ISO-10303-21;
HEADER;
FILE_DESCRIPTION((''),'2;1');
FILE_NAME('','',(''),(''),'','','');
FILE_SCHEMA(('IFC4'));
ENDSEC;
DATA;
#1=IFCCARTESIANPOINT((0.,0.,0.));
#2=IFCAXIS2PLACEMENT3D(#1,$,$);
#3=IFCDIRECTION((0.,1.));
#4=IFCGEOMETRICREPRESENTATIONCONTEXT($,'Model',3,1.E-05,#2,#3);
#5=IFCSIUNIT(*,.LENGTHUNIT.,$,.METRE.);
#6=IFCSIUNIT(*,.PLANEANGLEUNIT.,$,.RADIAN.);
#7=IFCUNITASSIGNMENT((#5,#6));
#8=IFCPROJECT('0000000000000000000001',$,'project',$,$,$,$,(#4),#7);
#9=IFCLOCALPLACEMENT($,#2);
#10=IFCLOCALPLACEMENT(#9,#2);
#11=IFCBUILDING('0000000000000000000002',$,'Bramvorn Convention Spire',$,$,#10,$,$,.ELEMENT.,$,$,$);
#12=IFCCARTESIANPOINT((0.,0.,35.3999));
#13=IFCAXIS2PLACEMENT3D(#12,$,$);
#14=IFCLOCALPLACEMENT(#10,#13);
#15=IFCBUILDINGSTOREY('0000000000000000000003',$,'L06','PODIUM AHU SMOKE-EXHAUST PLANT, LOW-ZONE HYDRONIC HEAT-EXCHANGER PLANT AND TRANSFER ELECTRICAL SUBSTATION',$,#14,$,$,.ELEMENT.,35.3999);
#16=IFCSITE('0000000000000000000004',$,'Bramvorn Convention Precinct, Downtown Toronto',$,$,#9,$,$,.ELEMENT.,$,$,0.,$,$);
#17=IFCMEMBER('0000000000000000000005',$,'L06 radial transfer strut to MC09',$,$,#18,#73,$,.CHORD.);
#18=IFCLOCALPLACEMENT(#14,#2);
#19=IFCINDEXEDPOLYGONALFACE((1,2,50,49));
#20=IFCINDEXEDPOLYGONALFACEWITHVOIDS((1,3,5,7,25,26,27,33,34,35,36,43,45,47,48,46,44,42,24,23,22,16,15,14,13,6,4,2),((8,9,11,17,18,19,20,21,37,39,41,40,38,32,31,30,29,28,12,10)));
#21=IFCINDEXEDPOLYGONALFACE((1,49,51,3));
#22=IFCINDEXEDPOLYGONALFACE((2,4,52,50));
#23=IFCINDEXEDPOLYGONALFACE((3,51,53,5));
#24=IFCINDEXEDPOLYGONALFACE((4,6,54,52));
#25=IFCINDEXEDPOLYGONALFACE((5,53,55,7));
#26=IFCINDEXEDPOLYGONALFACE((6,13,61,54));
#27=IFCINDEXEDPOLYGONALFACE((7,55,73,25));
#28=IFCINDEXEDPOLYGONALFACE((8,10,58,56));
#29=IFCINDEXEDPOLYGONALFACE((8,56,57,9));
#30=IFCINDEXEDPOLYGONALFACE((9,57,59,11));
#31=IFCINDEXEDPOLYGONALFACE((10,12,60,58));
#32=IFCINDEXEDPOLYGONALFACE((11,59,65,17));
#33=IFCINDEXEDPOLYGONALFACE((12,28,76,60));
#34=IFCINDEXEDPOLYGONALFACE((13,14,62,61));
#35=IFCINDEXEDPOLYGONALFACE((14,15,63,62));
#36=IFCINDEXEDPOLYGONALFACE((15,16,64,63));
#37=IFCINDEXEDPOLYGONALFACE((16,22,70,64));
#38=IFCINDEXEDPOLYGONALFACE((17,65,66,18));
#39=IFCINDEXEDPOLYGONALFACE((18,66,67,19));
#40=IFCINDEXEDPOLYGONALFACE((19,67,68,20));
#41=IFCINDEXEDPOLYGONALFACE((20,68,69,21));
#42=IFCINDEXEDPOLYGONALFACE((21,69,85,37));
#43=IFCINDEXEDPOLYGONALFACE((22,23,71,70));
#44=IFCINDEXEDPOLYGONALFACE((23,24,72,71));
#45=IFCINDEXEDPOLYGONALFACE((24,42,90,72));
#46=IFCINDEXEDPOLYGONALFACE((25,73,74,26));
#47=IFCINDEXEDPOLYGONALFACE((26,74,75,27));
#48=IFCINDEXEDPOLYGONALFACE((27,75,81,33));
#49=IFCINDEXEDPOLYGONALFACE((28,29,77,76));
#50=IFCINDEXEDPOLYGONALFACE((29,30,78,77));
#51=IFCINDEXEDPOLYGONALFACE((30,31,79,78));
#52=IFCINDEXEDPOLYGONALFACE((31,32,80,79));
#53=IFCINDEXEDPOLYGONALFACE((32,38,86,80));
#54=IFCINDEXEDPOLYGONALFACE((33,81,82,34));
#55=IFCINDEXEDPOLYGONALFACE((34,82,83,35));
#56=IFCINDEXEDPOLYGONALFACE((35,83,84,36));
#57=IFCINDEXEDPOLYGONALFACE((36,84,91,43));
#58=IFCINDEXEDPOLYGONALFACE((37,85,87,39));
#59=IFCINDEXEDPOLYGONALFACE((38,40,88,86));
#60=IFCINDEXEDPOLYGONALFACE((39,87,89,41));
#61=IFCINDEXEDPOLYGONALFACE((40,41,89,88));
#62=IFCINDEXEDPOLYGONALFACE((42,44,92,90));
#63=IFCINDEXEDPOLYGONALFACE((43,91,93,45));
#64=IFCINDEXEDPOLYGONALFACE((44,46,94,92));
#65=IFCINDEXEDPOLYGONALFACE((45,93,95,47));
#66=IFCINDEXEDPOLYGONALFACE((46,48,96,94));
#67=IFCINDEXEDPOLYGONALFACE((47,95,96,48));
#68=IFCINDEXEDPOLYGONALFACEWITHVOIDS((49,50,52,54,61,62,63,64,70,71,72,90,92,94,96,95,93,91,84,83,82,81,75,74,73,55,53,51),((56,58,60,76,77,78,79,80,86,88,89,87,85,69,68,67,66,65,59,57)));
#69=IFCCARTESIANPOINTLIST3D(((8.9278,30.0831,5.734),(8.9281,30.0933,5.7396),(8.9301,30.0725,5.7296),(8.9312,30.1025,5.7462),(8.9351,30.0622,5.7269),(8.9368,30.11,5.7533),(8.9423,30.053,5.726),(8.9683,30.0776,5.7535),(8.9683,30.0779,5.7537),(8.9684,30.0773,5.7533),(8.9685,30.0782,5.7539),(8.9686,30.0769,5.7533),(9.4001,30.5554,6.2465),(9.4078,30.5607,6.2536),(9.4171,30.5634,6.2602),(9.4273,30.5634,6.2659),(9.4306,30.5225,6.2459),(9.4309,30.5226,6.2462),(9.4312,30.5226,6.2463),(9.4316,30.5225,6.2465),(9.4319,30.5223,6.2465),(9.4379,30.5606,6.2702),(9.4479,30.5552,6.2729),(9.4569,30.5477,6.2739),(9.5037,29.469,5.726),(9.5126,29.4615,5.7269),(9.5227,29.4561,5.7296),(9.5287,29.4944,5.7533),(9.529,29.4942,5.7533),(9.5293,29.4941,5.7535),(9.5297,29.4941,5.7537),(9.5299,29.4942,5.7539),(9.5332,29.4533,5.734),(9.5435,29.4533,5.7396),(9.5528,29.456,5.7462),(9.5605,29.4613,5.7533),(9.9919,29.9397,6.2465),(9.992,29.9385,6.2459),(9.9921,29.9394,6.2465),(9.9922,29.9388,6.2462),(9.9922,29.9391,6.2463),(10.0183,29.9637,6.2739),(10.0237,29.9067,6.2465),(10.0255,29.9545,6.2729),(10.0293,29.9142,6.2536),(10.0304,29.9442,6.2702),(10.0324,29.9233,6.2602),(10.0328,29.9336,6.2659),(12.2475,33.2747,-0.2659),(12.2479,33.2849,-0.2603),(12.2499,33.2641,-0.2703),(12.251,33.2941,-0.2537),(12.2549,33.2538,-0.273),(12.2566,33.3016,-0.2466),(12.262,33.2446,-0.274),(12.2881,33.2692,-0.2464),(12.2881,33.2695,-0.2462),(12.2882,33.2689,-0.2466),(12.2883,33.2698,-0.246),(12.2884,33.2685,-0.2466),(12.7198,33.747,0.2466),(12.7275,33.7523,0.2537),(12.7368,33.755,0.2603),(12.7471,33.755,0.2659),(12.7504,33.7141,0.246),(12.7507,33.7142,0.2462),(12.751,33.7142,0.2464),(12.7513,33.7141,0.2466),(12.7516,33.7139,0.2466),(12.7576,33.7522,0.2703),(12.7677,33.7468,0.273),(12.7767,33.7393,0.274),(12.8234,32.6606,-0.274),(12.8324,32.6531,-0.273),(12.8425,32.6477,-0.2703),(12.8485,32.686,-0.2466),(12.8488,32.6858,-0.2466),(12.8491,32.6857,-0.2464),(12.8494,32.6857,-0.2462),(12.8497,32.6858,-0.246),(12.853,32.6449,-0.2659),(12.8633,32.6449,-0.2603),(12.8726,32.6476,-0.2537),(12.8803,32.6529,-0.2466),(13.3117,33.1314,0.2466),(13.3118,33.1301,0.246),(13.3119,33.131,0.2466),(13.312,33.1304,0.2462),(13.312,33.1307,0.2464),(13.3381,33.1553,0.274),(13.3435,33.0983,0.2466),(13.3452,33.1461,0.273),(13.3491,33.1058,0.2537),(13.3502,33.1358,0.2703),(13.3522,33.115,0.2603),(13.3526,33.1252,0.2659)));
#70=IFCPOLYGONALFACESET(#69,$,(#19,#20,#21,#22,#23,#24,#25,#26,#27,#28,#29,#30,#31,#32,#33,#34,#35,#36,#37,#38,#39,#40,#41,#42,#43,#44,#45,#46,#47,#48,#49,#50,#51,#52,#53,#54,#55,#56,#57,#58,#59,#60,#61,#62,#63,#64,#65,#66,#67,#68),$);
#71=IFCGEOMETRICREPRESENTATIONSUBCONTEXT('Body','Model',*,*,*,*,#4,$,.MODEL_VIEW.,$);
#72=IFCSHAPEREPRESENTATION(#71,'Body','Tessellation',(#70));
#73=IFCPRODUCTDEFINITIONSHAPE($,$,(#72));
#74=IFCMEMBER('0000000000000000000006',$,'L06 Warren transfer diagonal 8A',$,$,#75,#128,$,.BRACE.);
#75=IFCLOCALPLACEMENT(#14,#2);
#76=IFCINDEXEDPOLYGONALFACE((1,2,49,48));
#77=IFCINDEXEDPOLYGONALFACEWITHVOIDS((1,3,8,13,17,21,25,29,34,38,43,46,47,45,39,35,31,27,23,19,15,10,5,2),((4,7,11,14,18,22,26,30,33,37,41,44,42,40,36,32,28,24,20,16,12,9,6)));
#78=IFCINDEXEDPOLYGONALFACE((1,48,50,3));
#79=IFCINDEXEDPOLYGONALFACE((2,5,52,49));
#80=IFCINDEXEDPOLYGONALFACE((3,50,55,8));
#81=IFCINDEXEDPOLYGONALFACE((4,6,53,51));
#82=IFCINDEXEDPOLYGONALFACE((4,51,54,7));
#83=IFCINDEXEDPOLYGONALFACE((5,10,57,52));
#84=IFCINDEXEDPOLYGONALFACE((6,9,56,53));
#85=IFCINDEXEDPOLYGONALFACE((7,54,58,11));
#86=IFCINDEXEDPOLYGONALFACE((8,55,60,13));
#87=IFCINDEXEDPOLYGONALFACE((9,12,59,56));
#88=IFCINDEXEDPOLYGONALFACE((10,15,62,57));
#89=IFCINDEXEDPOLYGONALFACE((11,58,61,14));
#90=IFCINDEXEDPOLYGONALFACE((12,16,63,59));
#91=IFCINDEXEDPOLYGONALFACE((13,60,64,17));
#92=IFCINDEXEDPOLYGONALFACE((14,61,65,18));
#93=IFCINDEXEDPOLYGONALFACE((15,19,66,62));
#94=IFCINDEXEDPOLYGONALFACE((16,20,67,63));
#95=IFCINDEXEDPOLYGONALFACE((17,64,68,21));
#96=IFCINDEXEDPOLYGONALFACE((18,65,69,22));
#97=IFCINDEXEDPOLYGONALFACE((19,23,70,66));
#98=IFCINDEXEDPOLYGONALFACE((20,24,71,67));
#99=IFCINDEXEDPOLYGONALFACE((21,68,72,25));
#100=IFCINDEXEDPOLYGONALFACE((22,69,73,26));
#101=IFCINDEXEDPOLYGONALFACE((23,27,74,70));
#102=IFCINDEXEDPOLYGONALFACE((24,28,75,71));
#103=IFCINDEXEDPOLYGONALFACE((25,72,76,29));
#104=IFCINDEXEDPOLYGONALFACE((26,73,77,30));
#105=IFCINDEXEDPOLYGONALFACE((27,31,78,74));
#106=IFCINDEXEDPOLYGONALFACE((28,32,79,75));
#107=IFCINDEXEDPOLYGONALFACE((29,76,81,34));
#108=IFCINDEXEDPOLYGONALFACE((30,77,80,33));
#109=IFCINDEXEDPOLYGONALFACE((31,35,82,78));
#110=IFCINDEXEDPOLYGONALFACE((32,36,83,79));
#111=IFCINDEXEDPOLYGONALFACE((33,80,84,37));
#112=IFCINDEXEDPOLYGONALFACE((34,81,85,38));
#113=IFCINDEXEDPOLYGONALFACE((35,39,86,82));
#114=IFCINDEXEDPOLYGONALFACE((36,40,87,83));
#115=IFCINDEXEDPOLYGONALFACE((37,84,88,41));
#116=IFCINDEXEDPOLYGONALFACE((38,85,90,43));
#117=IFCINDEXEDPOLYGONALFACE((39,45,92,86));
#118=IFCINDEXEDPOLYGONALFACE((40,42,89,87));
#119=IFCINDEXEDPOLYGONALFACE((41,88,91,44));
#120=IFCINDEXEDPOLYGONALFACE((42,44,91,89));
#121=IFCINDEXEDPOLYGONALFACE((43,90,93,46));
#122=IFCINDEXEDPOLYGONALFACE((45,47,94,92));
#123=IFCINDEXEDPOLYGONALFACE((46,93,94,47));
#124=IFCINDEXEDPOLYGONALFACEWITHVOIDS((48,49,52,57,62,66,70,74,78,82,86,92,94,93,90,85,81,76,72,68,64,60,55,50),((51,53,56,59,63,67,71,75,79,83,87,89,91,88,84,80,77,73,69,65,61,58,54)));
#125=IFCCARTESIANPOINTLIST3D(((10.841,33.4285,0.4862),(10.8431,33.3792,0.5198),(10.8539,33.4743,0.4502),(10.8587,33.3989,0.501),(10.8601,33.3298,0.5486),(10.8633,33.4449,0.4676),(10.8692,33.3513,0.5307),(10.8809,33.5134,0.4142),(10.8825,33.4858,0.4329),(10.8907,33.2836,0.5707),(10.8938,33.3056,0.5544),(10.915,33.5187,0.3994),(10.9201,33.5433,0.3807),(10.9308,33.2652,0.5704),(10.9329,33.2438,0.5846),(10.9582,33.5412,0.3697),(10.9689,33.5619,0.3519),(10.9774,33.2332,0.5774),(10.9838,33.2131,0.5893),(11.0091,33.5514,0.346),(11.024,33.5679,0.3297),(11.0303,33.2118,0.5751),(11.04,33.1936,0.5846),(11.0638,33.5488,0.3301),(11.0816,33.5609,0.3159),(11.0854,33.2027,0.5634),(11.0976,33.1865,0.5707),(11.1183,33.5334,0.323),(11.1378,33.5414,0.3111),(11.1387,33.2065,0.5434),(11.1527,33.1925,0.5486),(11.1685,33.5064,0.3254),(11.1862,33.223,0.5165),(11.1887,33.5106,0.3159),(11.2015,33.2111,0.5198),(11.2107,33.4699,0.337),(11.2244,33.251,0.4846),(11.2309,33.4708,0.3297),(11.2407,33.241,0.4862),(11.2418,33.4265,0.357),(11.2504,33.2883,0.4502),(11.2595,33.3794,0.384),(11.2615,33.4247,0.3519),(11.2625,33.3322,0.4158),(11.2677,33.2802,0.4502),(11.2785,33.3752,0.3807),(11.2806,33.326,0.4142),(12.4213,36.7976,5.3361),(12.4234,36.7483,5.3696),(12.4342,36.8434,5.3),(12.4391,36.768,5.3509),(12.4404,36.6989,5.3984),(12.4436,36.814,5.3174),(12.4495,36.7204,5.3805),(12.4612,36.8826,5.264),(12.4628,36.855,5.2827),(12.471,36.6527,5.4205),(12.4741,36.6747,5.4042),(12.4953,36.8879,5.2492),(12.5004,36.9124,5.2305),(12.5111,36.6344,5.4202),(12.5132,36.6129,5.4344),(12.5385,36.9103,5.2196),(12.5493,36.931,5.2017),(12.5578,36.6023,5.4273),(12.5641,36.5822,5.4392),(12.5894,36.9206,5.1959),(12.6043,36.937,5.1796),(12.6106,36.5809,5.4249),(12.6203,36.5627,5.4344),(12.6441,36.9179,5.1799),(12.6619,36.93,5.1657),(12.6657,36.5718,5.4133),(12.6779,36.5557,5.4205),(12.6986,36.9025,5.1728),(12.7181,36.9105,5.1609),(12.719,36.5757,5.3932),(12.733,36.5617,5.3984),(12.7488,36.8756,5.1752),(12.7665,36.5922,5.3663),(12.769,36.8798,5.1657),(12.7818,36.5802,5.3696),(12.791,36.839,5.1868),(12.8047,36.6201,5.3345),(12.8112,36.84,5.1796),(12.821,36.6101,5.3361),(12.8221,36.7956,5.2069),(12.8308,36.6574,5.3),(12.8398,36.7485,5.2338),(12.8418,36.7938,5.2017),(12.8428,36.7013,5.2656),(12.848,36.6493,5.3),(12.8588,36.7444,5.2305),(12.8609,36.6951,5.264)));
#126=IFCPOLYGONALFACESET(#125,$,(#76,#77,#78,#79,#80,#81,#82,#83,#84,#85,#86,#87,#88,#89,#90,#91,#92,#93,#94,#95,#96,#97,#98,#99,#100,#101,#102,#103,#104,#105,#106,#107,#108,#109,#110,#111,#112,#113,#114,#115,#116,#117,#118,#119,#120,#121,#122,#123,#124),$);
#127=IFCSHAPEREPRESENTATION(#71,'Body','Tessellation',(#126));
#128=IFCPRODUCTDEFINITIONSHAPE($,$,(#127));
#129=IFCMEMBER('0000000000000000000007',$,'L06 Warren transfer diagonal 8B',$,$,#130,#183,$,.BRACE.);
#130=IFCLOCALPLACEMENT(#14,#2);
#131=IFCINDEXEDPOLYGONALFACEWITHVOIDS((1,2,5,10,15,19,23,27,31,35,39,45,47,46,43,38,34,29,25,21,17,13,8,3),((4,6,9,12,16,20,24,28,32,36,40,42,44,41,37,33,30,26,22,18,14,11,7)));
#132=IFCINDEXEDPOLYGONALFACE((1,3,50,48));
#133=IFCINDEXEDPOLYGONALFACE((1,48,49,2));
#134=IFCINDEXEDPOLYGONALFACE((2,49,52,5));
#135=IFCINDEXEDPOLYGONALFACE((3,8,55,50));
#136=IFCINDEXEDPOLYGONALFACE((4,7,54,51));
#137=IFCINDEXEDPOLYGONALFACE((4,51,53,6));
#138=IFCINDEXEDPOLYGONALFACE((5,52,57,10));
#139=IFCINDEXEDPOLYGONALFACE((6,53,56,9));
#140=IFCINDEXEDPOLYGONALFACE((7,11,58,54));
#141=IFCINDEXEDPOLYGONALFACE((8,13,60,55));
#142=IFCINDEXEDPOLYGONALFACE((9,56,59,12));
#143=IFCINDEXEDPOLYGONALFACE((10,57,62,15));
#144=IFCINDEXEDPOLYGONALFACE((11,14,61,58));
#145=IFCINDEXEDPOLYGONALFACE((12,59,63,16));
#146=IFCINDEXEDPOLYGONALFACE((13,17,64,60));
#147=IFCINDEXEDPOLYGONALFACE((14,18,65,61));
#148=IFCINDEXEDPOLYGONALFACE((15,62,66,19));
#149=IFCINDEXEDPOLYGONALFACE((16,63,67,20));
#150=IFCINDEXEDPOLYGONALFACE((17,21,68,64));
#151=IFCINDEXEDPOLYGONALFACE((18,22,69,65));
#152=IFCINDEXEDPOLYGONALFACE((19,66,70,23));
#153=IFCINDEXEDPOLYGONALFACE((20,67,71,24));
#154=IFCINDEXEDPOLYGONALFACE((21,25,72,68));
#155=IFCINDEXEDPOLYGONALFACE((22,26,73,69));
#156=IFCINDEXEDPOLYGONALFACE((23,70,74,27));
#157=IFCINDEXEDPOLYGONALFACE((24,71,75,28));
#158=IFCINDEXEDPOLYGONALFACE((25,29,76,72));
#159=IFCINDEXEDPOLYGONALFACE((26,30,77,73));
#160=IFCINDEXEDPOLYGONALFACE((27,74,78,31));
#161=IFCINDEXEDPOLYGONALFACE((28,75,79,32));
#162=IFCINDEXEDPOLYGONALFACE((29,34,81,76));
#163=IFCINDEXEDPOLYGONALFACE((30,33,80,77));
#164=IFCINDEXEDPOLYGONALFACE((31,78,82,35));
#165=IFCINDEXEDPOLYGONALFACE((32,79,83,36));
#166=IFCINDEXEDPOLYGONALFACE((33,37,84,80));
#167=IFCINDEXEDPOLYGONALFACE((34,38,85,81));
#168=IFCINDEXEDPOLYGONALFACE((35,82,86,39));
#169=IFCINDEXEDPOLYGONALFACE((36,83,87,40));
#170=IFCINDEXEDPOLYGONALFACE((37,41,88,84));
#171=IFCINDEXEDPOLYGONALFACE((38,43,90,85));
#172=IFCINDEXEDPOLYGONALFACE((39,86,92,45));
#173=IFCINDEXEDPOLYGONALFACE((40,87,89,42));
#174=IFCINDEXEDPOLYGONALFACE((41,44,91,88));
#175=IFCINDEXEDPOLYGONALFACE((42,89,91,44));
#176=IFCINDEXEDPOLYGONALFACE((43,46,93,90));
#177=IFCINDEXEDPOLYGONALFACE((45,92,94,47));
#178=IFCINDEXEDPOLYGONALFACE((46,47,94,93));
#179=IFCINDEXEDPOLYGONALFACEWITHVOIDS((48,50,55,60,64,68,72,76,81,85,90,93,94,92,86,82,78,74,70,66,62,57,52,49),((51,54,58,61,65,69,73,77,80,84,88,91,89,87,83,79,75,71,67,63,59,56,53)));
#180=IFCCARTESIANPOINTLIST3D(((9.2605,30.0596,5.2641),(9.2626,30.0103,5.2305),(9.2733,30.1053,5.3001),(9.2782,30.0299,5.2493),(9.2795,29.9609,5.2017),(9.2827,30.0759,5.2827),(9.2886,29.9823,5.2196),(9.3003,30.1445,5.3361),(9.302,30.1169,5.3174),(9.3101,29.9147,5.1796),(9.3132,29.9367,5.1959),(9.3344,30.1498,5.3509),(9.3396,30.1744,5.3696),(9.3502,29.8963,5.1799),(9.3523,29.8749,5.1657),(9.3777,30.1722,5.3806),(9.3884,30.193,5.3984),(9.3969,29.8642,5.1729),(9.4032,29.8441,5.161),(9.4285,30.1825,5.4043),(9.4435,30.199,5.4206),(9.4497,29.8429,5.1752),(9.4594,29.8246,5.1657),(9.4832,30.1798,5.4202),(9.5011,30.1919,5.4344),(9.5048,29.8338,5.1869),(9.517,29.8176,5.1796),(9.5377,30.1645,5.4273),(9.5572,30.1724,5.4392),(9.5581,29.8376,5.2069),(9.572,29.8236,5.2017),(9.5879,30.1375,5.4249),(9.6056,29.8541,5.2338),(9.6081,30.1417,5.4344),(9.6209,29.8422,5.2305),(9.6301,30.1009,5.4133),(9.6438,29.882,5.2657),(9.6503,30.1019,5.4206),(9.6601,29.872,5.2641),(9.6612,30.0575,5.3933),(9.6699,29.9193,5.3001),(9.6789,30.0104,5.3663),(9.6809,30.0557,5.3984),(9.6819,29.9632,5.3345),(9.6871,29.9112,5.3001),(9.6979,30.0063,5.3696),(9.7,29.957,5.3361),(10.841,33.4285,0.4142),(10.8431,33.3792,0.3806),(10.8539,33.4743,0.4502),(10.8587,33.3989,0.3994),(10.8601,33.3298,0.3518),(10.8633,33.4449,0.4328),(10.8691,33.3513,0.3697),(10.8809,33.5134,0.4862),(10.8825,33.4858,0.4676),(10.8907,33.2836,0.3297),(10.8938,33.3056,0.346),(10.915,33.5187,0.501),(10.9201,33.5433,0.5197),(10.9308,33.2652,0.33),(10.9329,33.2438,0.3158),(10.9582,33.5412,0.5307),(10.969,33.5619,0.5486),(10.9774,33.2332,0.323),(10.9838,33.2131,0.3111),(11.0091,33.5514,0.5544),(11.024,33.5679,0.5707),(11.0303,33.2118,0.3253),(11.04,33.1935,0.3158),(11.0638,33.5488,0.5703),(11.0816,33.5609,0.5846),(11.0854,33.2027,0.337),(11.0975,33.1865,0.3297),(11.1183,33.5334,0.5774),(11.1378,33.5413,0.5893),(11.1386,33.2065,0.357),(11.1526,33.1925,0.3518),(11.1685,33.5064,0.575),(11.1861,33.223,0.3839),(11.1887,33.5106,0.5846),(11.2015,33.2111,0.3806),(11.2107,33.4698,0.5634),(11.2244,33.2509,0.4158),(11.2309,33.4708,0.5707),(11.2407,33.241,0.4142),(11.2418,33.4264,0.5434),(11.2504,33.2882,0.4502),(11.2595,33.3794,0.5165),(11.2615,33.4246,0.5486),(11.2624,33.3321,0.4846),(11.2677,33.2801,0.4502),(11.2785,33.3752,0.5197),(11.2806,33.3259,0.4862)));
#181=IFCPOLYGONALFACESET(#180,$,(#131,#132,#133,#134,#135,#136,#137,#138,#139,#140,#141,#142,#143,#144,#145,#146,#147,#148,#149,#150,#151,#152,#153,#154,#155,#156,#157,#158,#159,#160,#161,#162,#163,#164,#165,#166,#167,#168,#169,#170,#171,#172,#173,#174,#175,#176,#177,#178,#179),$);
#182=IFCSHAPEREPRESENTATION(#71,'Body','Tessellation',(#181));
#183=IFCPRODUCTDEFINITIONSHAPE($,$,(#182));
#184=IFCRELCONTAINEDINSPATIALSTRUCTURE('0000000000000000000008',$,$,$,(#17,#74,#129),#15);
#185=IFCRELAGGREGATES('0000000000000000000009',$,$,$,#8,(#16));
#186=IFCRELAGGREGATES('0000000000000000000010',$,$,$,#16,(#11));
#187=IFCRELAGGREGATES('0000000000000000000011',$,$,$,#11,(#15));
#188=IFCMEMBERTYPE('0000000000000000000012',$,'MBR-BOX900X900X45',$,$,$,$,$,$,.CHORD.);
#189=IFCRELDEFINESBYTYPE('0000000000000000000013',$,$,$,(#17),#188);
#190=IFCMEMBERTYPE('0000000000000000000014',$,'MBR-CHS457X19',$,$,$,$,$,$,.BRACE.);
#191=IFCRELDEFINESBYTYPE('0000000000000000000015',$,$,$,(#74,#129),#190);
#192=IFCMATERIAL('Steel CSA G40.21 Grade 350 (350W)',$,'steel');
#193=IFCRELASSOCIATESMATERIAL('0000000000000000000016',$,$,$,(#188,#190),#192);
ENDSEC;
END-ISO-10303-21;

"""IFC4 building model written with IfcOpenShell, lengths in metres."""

from ifc_helpers import new_model, si_unit, direction, frame, origin, origin_2d, place, context, subcontext, project, spatial, hollow_rectangle, hollow_circle, extrude, material, material_profile, profile_set, type_object, element, save


model = new_model("IFC4")

# Units and contexts
model_context = context("Model", 3, precision=1e-05, world=origin(), true_north=direction((0.0, 1.0)))
body_context = subcontext(model_context, "Body", "Model", "MODEL_VIEW")
ifc_project = project(units=[si_unit("LENGTHUNIT", "METRE"), si_unit("PLANEANGLEUNIT", "RADIAN")], contexts=[model_context])

# Site, building, storey
site_placement = place(None, origin())
site = spatial("IfcSite", under=ifc_project, at=site_placement, Name="Bramvorn Convention Precinct, Downtown Toronto", CompositionType="ELEMENT", RefElevation=0.0)
building_placement = place(site_placement, origin())
building = spatial("IfcBuilding", under=site, at=building_placement, Name="Bramvorn Convention Spire", CompositionType="ELEMENT")
storey_placement = place(building_placement, frame((0.0, 0.0, 35.3999)))
storey = spatial("IfcBuildingStorey", under=building, at=storey_placement, Name="L06", Description="PODIUM AHU SMOKE-EXHAUST PLANT, LOW-ZONE HYDRONIC HEAT-EXCHANGER PLANT AND TRANSFER ELECTRICAL SUBSTATION", CompositionType="ELEMENT", Elevation=35.3999)

# Shared definitions
ifc_material_1 = material(Name="Steel CSA G40.21 Grade 350 (350W)", Category="steel")

# Members
ifc_material_profile_1 = material_profile(ifc_material_1, hollow_rectangle(XDim=0.8999, YDim=0.8999, WallThickness=0.0449, InnerFilletRadius=0.001, OuterFilletRadius=0.0449, at=origin_2d()))
ifc_profile_set_1 = profile_set([ifc_material_profile_1], Name="Steel CSA G40.21 Grade 350 (350W) - BOX900X900X45")
member_type_1 = type_object("IfcMemberType", Name="MBR-BOX900X900X45", PredefinedType="CHORD", material=ifc_profile_set_1)
member_1_placement = place(storey_placement, frame((12.8, 33.2, 0.0), z_axis=(-0.438922, -0.421976, 0.793274), x_axis=(0.693054, -0.720886, 0.0)))
element("IfcMember", 1, at=member_1_placement, inside=storey, type_object=member_type_1, Name="L06 radial transfer strut to MC09", PredefinedType="CHORD", context=body_context, shape_type="SweptSolid", body=[
    extrude(hollow_rectangle(XDim=0.8999, YDim=0.8999, WallThickness=0.0449, InnerFilletRadius=0.001, OuterFilletRadius=0.0449, at=origin_2d()), origin(), (0.0, 0.0, 1.0), 7.5635),
])
ifc_material_profile_2 = material_profile(ifc_material_1, hollow_circle(Radius=0.2285, WallThickness=0.019, at=origin_2d()))
ifc_profile_set_2 = profile_set([ifc_material_profile_2], Name="Steel CSA G40.21 Grade 350 (350W) - CHS457X19")
member_type_2 = type_object("IfcMemberType", Name="MBR-CHS457X19", PredefinedType="BRACE", material=ifc_profile_set_2)
for number, where, z_axis, x_axis, name in (
    (2, (12.6411, 36.7463, 5.3), (-0.258515, -0.551137, -0.793358), (0.905352, -0.424662, 0.0), "L06 Warren transfer diagonal 8A"),
    (3, (11.0608, 33.3772, 0.4502), (-0.258558, -0.551104, 0.793368), (0.905315, -0.424741, 0.0), "L06 Warren transfer diagonal 8B"),
):
    element("IfcMember", number, at=place(storey_placement, frame(where, z_axis=z_axis, x_axis=x_axis)), inside=storey, type_object=member_type_2, Name=name, PredefinedType="BRACE", context=body_context, shape_type="SweptSolid", body=[
        extrude(hollow_circle(Radius=0.2285, WallThickness=0.019, at=origin_2d()), origin(), (0.0, 0.0, 1.0), 6.113),
    ])

save(model, "model.ifc")
